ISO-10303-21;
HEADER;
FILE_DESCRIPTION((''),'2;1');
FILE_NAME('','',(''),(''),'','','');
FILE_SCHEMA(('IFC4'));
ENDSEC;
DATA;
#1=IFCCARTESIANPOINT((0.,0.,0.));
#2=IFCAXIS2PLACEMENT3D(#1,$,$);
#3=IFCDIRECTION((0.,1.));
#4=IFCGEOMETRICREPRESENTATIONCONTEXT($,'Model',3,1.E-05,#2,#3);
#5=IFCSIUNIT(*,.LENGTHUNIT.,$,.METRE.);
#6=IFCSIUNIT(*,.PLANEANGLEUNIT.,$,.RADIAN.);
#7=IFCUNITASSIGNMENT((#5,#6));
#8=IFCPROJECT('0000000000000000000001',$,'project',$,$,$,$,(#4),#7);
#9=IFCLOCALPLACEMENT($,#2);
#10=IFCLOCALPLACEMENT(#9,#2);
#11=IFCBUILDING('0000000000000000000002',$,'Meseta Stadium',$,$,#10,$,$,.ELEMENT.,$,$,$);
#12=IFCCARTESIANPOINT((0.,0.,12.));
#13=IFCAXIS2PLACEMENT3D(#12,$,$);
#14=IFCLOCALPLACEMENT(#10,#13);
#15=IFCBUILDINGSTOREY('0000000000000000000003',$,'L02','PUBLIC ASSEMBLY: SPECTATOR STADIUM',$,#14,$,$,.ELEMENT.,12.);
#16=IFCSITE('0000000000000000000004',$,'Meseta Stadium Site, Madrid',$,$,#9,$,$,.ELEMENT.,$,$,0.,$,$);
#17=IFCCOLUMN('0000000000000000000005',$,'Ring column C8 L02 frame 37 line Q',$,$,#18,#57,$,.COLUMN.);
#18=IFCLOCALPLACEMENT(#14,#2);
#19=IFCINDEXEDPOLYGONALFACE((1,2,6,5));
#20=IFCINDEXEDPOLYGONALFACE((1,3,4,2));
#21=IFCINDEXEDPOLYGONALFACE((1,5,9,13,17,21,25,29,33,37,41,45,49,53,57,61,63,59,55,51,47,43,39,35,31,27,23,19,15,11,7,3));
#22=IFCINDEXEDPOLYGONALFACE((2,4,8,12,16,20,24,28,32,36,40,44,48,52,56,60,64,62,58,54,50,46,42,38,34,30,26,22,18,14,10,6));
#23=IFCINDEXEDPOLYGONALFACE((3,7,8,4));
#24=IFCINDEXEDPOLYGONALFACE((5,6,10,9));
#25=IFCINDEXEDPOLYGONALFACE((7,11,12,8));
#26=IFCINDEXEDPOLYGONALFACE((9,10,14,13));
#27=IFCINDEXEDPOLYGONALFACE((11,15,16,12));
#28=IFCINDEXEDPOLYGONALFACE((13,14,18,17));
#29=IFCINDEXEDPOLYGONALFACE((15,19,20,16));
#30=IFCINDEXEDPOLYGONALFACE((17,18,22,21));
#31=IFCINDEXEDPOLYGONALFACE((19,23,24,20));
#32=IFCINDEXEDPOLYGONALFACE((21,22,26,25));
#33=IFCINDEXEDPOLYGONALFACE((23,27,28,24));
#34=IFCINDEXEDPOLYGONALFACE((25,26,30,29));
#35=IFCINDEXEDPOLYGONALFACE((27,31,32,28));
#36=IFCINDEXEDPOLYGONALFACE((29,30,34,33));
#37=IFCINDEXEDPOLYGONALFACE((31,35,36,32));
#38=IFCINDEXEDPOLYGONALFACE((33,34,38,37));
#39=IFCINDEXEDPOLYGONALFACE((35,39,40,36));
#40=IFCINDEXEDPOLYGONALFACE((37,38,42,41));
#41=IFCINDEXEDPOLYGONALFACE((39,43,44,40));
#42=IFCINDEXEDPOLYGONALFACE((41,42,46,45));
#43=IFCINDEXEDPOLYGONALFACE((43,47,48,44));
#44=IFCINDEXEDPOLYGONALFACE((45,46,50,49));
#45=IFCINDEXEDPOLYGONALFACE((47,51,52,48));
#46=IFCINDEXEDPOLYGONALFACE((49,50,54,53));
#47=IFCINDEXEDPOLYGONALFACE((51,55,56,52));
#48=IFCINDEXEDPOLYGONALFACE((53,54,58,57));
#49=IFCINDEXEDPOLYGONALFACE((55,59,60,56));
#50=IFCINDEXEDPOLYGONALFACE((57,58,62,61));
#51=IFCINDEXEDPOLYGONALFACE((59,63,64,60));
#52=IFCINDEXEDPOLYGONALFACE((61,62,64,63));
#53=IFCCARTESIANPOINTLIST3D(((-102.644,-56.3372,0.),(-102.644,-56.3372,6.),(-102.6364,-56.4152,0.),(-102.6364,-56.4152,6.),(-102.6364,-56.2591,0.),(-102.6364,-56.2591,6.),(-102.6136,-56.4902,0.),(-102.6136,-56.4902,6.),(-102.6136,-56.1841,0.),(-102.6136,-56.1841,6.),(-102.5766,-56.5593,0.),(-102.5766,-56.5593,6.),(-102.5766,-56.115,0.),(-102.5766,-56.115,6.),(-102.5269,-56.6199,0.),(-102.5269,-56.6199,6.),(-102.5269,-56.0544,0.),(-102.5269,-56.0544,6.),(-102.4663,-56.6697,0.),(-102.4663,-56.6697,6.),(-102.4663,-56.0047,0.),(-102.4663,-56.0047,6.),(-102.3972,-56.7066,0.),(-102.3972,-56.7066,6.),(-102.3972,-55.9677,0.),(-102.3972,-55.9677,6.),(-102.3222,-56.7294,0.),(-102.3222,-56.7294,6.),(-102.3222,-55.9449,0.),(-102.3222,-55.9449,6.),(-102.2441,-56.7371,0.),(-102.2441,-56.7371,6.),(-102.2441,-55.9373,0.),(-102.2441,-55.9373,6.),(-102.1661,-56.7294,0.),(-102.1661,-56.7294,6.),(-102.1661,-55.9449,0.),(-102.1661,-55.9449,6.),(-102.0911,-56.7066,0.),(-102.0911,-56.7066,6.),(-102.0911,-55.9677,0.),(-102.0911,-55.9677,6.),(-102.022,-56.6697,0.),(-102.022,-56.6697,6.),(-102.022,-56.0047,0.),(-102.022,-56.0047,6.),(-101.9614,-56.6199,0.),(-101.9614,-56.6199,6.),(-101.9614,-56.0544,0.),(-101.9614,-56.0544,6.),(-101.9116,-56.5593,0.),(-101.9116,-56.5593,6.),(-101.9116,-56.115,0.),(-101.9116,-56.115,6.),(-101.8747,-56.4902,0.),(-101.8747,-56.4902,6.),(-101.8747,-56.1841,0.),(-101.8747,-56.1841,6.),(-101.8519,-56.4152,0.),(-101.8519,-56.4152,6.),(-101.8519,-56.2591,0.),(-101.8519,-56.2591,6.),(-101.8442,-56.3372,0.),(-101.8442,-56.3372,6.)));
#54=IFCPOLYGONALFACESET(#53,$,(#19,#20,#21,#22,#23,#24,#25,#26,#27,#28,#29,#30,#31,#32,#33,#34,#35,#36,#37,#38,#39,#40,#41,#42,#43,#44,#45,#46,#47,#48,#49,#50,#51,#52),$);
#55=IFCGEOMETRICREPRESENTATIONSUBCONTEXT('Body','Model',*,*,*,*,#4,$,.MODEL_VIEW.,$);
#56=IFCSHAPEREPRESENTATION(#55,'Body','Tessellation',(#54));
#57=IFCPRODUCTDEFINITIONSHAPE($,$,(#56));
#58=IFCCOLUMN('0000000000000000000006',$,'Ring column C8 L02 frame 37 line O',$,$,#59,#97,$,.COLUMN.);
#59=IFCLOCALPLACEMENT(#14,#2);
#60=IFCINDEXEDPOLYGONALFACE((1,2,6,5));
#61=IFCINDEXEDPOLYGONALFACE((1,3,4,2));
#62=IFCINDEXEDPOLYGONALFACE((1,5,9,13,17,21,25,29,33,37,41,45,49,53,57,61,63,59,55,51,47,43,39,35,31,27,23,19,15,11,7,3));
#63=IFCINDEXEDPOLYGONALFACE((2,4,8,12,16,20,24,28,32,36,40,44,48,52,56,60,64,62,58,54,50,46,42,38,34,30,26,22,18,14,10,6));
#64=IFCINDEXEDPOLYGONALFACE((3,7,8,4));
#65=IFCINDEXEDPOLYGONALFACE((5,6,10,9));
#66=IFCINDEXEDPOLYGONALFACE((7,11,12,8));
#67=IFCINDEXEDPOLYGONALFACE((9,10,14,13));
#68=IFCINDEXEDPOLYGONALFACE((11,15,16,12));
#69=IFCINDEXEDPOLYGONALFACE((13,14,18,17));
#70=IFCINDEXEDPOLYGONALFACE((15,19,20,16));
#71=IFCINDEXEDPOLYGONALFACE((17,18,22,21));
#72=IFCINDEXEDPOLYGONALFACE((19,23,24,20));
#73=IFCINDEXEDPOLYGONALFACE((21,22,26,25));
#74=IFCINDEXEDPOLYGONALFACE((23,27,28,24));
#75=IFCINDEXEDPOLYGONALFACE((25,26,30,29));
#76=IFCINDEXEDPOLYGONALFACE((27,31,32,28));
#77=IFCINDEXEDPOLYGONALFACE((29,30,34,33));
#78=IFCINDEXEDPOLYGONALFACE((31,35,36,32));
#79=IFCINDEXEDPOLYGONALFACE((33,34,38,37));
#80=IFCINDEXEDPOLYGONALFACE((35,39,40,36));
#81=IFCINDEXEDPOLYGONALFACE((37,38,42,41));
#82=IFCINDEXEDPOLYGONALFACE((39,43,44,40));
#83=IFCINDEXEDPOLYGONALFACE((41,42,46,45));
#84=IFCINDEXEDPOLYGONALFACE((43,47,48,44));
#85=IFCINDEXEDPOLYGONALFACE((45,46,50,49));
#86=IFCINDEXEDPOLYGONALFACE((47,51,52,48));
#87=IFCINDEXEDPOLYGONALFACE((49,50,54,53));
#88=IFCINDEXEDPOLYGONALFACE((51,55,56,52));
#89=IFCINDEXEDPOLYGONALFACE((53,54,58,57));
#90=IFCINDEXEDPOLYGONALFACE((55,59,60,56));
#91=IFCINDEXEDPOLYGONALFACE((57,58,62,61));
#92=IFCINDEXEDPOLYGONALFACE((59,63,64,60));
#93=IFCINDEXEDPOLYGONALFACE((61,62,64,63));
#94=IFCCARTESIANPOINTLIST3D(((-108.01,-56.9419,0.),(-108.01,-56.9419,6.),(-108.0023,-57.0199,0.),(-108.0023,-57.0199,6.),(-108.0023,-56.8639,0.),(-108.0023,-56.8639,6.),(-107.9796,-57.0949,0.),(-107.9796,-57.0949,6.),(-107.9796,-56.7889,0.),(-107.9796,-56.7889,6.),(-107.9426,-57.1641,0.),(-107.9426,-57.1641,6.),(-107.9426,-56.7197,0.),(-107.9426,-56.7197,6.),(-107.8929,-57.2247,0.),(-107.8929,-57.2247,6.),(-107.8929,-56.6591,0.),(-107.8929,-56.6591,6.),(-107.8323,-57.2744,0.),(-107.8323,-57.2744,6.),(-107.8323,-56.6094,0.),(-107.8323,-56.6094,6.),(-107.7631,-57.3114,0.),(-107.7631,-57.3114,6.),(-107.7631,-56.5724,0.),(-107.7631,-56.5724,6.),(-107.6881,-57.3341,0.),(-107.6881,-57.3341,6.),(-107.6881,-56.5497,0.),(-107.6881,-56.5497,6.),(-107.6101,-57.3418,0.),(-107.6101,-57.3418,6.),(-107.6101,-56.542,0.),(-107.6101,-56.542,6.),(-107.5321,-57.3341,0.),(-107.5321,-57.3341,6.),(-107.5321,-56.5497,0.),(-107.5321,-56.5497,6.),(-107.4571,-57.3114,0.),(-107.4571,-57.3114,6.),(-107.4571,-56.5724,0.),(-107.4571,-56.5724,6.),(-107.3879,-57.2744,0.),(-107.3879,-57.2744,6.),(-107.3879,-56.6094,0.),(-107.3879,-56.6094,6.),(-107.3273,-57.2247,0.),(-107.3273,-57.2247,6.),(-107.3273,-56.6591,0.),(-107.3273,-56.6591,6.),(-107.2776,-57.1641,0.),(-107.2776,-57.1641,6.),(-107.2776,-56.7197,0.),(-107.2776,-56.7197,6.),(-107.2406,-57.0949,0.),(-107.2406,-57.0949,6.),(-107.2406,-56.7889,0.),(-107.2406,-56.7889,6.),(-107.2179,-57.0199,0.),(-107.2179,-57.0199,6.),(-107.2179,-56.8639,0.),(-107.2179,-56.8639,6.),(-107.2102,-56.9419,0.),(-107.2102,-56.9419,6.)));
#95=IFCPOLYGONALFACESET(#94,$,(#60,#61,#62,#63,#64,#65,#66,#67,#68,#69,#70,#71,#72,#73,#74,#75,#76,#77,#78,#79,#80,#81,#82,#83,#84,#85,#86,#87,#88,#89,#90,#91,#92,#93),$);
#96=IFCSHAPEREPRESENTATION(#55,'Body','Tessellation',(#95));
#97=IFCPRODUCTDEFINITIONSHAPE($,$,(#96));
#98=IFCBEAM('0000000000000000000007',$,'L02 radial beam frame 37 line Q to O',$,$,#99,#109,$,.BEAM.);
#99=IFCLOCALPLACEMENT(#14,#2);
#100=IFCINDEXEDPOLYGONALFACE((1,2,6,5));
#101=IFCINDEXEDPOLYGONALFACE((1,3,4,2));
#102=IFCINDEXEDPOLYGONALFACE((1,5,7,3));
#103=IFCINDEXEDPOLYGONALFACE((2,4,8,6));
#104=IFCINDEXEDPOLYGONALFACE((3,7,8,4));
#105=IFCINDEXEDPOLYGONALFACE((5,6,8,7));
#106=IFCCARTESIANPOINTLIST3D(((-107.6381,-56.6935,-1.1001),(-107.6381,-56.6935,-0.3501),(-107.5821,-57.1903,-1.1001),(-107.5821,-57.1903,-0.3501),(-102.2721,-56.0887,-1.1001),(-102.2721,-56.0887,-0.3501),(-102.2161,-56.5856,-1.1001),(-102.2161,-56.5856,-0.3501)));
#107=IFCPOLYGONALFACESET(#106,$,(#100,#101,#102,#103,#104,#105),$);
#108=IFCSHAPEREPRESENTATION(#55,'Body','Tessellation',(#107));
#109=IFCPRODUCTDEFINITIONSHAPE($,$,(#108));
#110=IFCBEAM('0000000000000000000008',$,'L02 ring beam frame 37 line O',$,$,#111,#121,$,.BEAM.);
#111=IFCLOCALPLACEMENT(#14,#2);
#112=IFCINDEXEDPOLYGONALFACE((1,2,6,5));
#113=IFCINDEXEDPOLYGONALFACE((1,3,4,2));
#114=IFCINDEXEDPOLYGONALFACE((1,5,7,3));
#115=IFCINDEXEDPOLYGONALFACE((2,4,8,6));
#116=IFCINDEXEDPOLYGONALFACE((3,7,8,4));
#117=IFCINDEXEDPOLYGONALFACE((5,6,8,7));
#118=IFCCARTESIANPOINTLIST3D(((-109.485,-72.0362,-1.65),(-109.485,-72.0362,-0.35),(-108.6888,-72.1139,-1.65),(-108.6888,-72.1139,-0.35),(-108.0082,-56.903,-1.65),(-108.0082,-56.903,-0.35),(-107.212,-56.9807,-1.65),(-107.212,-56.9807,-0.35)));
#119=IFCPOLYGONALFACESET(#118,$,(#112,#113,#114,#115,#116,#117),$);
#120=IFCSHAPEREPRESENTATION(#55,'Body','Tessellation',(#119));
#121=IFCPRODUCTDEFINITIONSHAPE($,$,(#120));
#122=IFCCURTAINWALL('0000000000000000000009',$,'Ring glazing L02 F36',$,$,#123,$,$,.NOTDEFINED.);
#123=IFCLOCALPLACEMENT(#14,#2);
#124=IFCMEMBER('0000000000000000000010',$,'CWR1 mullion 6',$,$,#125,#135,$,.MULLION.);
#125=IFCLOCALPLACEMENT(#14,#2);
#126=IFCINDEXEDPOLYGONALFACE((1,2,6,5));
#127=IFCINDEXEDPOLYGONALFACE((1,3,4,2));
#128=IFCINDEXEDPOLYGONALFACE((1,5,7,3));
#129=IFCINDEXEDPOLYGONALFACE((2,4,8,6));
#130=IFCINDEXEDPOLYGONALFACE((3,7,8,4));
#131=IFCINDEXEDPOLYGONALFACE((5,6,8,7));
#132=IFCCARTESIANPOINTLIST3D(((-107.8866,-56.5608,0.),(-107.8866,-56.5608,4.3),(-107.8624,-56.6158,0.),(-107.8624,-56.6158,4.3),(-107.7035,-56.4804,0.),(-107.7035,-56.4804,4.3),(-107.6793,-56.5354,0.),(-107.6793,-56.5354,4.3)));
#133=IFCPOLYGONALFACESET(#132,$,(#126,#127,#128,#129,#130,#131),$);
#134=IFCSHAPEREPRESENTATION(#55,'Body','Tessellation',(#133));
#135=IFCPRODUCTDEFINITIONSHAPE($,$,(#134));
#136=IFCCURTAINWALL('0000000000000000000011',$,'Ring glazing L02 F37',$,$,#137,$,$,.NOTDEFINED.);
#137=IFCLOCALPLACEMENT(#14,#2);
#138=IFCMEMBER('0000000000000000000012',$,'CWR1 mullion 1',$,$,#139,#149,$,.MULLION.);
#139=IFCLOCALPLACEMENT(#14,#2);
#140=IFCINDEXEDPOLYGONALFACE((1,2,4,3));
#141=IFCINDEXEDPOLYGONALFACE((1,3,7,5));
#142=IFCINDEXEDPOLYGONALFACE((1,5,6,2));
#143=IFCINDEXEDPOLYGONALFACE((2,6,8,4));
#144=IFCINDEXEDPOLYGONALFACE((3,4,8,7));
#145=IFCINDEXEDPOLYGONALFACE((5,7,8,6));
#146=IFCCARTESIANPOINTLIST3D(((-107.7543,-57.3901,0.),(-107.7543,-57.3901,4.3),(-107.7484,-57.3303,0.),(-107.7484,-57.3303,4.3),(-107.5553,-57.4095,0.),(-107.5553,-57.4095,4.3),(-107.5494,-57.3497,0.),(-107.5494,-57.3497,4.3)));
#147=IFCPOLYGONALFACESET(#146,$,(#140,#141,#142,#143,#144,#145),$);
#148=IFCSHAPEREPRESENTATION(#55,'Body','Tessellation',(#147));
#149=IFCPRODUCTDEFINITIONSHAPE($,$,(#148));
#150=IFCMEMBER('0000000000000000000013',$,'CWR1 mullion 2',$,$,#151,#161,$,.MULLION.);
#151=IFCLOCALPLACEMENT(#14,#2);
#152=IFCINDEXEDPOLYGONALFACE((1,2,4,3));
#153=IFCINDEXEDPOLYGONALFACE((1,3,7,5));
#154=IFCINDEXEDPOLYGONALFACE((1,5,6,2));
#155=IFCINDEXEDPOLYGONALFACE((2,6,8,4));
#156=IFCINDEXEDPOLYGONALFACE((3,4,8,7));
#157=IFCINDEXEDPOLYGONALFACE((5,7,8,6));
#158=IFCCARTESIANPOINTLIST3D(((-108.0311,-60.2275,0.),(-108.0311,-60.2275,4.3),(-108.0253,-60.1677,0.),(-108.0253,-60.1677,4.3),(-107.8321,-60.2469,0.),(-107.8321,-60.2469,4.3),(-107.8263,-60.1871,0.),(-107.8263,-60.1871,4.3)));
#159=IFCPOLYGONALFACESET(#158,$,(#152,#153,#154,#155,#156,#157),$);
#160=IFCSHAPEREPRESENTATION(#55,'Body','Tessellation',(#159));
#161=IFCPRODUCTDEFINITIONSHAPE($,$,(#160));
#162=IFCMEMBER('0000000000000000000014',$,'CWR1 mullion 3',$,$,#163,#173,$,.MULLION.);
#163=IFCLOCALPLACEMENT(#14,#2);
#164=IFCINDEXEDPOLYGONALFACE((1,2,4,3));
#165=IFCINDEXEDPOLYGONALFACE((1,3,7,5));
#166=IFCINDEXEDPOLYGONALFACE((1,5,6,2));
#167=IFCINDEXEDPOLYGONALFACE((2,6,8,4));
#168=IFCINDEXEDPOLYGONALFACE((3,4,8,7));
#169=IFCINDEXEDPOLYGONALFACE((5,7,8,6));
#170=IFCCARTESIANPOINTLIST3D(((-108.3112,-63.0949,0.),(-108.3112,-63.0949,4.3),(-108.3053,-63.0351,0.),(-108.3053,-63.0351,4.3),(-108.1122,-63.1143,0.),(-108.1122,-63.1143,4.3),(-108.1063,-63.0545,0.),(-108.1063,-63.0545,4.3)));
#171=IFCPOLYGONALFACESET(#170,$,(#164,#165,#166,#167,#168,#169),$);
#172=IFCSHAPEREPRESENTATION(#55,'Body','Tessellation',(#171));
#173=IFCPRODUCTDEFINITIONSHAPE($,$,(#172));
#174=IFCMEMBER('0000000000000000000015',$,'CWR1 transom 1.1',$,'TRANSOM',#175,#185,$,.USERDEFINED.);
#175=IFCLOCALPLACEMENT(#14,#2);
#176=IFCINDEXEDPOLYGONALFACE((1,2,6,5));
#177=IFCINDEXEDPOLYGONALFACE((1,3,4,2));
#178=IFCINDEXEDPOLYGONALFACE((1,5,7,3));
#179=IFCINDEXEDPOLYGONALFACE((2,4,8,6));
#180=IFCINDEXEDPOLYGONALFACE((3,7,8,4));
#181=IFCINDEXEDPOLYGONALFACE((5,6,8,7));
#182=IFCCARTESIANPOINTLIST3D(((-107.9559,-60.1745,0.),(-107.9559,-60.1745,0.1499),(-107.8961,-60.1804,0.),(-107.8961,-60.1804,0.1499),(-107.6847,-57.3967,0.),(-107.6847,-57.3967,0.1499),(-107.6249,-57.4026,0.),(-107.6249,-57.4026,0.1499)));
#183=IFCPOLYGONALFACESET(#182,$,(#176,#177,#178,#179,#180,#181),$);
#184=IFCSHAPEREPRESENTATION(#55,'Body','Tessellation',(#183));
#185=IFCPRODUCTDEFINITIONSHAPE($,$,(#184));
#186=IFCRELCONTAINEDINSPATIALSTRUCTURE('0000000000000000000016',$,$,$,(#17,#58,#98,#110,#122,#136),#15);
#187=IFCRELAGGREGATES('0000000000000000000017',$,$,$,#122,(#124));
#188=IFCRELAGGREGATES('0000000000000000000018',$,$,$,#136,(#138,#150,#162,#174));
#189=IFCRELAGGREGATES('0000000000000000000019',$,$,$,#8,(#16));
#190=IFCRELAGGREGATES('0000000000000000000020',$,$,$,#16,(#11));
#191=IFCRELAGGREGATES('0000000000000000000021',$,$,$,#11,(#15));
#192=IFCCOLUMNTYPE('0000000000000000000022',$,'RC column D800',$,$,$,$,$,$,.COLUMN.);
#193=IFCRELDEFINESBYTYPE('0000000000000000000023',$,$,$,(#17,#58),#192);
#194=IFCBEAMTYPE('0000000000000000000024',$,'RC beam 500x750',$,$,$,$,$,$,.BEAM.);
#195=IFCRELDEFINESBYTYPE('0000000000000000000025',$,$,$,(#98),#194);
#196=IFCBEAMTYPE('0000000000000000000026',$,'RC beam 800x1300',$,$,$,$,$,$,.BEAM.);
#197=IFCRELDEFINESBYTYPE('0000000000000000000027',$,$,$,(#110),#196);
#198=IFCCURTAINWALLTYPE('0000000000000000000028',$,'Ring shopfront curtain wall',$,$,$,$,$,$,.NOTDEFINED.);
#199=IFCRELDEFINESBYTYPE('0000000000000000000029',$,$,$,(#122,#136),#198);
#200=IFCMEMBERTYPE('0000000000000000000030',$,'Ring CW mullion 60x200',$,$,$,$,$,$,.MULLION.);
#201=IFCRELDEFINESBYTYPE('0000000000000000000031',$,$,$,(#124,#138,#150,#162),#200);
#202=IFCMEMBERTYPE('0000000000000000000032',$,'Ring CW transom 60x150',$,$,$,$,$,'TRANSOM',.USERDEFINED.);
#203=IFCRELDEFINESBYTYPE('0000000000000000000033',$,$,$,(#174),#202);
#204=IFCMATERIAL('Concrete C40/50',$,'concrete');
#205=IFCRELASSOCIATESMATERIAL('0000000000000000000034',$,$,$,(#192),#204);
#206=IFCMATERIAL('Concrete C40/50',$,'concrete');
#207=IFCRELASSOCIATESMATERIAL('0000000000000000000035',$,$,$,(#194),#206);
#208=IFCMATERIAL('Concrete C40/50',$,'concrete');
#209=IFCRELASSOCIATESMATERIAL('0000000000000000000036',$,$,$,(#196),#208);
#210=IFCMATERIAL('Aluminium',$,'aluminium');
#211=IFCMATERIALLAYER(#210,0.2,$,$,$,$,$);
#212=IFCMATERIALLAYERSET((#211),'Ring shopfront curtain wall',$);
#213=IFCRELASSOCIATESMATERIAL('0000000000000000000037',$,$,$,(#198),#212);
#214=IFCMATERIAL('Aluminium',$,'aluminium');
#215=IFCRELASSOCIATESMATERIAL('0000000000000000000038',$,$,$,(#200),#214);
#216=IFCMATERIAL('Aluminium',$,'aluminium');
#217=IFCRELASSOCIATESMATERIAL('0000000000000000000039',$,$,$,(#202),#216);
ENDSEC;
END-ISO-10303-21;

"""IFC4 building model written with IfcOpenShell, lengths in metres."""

from ifc_helpers import new_model, si_unit, direction, frame, origin, origin_2d, place, context, subcontext, project, spatial, rectangle, circle, extrude, material, layer, layer_set, material_profile, profile_set, type_object, element, aggregate, save


model = new_model("IFC4")

# Units and contexts
model_context = context("Model", 3, precision=1e-05, world=origin(), true_north=direction((0.0, 1.0)))
body_context = subcontext(model_context, "Body", "Model", "MODEL_VIEW")
ifc_project = project(units=[si_unit("LENGTHUNIT", "METRE"), si_unit("PLANEANGLEUNIT", "RADIAN")], contexts=[model_context])

# Site, building, storey
site_placement = place(None, origin())
site = spatial("IfcSite", under=ifc_project, at=site_placement, Name="Meseta Stadium Site, Madrid", CompositionType="ELEMENT", RefElevation=0.0)
building_placement = place(site_placement, origin())
building = spatial("IfcBuilding", under=site, at=building_placement, Name="Meseta Stadium", CompositionType="ELEMENT")
storey_placement = place(building_placement, frame((0.0, 0.0, 12.0)))
storey = spatial("IfcBuildingStorey", under=building, at=storey_placement, Name="L02", Description="PUBLIC ASSEMBLY: SPECTATOR STADIUM", CompositionType="ELEMENT", Elevation=12.0)

# Columns
ifc_material_1 = material(Name="Concrete C40/50", Category="concrete")
ifc_material_profile_1 = material_profile(ifc_material_1, circle(Radius=0.3999, at=origin_2d()), Name="RC D800")
ifc_profile_set_1 = profile_set([ifc_material_profile_1], Name="Concrete C40/50")
column_type = type_object("IfcColumnType", Name="RC column D800", PredefinedType="COLUMN", material=ifc_profile_set_1)
for number, where, z_axis, x_axis, name in (
    (1, (-102.2441, -56.3372, 0.0), (0.0, 0.0, 1.0), (1.0, 0.0, 0.0), "Ring column C8 L02 frame 37 line Q"),
    (2, (-107.6101, -56.9419, 0.0), (0.0, 0.0, 1.0), (1.0, 0.0, 0.0), "Ring column C8 L02 frame 37 line O"),
):
    element("IfcColumn", number, at=place(storey_placement, frame(where, z_axis=z_axis, x_axis=x_axis)), inside=storey, type_object=column_type, Name=name, PredefinedType="COLUMN", context=body_context, shape_type="SweptSolid", body=[
        extrude(circle(Radius=0.3999, at=origin_2d()), origin(), (0.0, 0.0, 1.0), 6.0),
    ])

# Beams
ifc_material_2 = material(Name="Concrete C40/50", Category="concrete")
ifc_material_profile_2 = material_profile(ifc_material_2, rectangle(XDim=0.5, YDim=0.75, at=origin_2d()), Name="RC 500x750")
ifc_profile_set_2 = profile_set([ifc_material_profile_2], Name="Concrete C40/50")
beam_type_1 = type_object("IfcBeamType", Name="RC beam 500x750", PredefinedType="BEAM", material=ifc_profile_set_2)
beam_1_placement = place(storey_placement, frame((-102.2441, -56.3372, -0.7251), z_axis=(-0.993709, -0.11199, 0.0), x_axis=(0.11199, -0.993709, 0.0)))
element("IfcBeam", 3, at=beam_1_placement, inside=storey, type_object=beam_type_1, Name="L02 radial beam frame 37 line Q to O", PredefinedType="BEAM", context=body_context, shape_type="SweptSolid", body=[
    extrude(rectangle(XDim=0.5, YDim=0.75, at=origin_2d()), origin(), (0.0, 0.0, 1.0), 5.3999),
])
ifc_material_3 = material(Name="Concrete C40/50", Category="concrete")
ifc_material_profile_3 = material_profile(ifc_material_3, rectangle(XDim=0.8, YDim=1.3, at=origin_2d()), Name="RC 800x1300")
ifc_profile_set_3 = profile_set([ifc_material_profile_3], Name="Concrete C40/50")
beam_type_2 = type_object("IfcBeamType", Name="RC beam 800x1300", PredefinedType="BEAM", material=ifc_profile_set_3)
beam_2_placement = place(storey_placement, frame((-107.6101, -56.9419, -1.0), z_axis=(-0.097125, -0.995272, 0.0), x_axis=(0.995272, -0.097125, 0.0)))
element("IfcBeam", 4, at=beam_2_placement, inside=storey, type_object=beam_type_2, Name="L02 ring beam frame 37 line O", PredefinedType="BEAM", context=body_context, shape_type="SweptSolid", body=[
    extrude(rectangle(XDim=0.8, YDim=1.3, at=origin_2d()), origin(), (0.0, 0.0, 1.0), 15.2051),
])

# Curtain wall, member
ifc_material_4 = material(Name="Aluminium", Category="aluminium")
ifc_layer_1 = layer(ifc_material_4, 0.2)
ifc_layer_set_1 = layer_set([ifc_layer_1], Name="Ring shopfront curtain wall")
curtain_wall_type = type_object("IfcCurtainWallType", Name="Ring shopfront curtain wall", PredefinedType="NOTDEFINED", material=ifc_layer_set_1)
curtain_wall_1_placement = place(storey_placement, origin())
curtain_wall_1 = element("IfcCurtainWall", 5, at=curtain_wall_1_placement, inside=storey, type_object=curtain_wall_type, Name="Ring glazing L02 F36", PredefinedType="NOTDEFINED")
ifc_material_5 = material(Name="Aluminium", Category="aluminium")
ifc_material_profile_4 = material_profile(ifc_material_5, rectangle(XDim=0.2, YDim=0.0601, at=origin_2d()), Name="CW 200x60")
ifc_profile_set_4 = profile_set([ifc_material_profile_4], Name="Aluminium")
member_type_1 = type_object("IfcMemberType", Name="Ring CW mullion 60x200", PredefinedType="MULLION", material=ifc_profile_set_4)
member_1_placement = place(storey_placement, frame((-107.783, -56.5481, 0.0), z_axis=(0.0, 0.0, 1.0), x_axis=(0.915687, 0.401892, 0.0)))
member_1 = element("IfcMember", 6, at=member_1_placement, type_object=member_type_1, Name="CWR1 mullion 6", PredefinedType="MULLION", context=body_context, shape_type="SweptSolid", body=[
    extrude(rectangle(XDim=0.2, YDim=0.0601, at=origin_2d()), origin(), (0.0, 0.0, 1.0), 4.3),
])
aggregate(curtain_wall_1, [member_1])

# Curtain wall, members
curtain_wall_2_placement = place(storey_placement, origin())
curtain_wall_2 = element("IfcCurtainWall", 7, at=curtain_wall_2_placement, inside=storey, type_object=curtain_wall_type, Name="Ring glazing L02 F37", PredefinedType="NOTDEFINED")
member_2_placement = place(storey_placement, frame((-107.6519, -57.3699, 0.0), z_axis=(0.0, 0.0, 1.0), x_axis=(0.995272, -0.097125, 0.0)))
member_2 = element("IfcMember", 8, at=member_2_placement, type_object=member_type_1, Name="CWR1 mullion 1", PredefinedType="MULLION", context=body_context, shape_type="SweptSolid", body=[
    extrude(rectangle(XDim=0.2, YDim=0.0601, at=origin_2d()), origin(), (0.0, 0.0, 1.0), 4.3),
])
member_3_placement = place(storey_placement, frame((-107.9287, -60.2073, 0.0), z_axis=(0.0, 0.0, 1.0), x_axis=(0.995272, -0.097125, 0.0)))
member_3 = element("IfcMember", 9, at=member_3_placement, type_object=member_type_1, Name="CWR1 mullion 2", PredefinedType="MULLION", context=body_context, shape_type="SweptSolid", body=[
    extrude(rectangle(XDim=0.2, YDim=0.0601, at=origin_2d()), origin(), (0.0, 0.0, 1.0), 4.3),
])
member_4_placement = place(storey_placement, frame((-108.2087, -63.0747, 0.0), z_axis=(0.0, 0.0, 1.0), x_axis=(0.995272, -0.097125, 0.0)))
member_4 = element("IfcMember", 10, at=member_4_placement, type_object=member_type_1, Name="CWR1 mullion 3", PredefinedType="MULLION", context=body_context, shape_type="SweptSolid", body=[
    extrude(rectangle(XDim=0.2, YDim=0.0601, at=origin_2d()), origin(), (0.0, 0.0, 1.0), 4.3),
])
ifc_material_6 = material(Name="Aluminium", Category="aluminium")
ifc_material_profile_5 = material_profile(ifc_material_6, rectangle(XDim=0.0601, YDim=0.1499, at=origin_2d()), Name="CW 60x150")
ifc_profile_set_5 = profile_set([ifc_material_profile_5], Name="Aluminium")
member_type_2 = type_object("IfcMemberType", Name="Ring CW transom 60x150", ElementType="TRANSOM", PredefinedType="USERDEFINED", material=ifc_profile_set_5)
member_5_placement = place(storey_placement, frame((-107.6548, -57.3997, 0.075), z_axis=(-0.097182, -0.995267, 0.0), x_axis=(0.995267, -0.097182, 0.0)))
member_5 = element("IfcMember", 11, at=member_5_placement, type_object=member_type_2, Name="CWR1 transom 1.1", ObjectType="TRANSOM", PredefinedType="USERDEFINED", context=body_context, shape_type="SweptSolid", body=[
    extrude(rectangle(XDim=0.0601, YDim=0.1499, at=origin_2d()), origin(), (0.0, 0.0, 1.0), 2.791),
])
aggregate(curtain_wall_2, [member_2, member_3, member_4, member_5])

save(model, "model.ifc")
